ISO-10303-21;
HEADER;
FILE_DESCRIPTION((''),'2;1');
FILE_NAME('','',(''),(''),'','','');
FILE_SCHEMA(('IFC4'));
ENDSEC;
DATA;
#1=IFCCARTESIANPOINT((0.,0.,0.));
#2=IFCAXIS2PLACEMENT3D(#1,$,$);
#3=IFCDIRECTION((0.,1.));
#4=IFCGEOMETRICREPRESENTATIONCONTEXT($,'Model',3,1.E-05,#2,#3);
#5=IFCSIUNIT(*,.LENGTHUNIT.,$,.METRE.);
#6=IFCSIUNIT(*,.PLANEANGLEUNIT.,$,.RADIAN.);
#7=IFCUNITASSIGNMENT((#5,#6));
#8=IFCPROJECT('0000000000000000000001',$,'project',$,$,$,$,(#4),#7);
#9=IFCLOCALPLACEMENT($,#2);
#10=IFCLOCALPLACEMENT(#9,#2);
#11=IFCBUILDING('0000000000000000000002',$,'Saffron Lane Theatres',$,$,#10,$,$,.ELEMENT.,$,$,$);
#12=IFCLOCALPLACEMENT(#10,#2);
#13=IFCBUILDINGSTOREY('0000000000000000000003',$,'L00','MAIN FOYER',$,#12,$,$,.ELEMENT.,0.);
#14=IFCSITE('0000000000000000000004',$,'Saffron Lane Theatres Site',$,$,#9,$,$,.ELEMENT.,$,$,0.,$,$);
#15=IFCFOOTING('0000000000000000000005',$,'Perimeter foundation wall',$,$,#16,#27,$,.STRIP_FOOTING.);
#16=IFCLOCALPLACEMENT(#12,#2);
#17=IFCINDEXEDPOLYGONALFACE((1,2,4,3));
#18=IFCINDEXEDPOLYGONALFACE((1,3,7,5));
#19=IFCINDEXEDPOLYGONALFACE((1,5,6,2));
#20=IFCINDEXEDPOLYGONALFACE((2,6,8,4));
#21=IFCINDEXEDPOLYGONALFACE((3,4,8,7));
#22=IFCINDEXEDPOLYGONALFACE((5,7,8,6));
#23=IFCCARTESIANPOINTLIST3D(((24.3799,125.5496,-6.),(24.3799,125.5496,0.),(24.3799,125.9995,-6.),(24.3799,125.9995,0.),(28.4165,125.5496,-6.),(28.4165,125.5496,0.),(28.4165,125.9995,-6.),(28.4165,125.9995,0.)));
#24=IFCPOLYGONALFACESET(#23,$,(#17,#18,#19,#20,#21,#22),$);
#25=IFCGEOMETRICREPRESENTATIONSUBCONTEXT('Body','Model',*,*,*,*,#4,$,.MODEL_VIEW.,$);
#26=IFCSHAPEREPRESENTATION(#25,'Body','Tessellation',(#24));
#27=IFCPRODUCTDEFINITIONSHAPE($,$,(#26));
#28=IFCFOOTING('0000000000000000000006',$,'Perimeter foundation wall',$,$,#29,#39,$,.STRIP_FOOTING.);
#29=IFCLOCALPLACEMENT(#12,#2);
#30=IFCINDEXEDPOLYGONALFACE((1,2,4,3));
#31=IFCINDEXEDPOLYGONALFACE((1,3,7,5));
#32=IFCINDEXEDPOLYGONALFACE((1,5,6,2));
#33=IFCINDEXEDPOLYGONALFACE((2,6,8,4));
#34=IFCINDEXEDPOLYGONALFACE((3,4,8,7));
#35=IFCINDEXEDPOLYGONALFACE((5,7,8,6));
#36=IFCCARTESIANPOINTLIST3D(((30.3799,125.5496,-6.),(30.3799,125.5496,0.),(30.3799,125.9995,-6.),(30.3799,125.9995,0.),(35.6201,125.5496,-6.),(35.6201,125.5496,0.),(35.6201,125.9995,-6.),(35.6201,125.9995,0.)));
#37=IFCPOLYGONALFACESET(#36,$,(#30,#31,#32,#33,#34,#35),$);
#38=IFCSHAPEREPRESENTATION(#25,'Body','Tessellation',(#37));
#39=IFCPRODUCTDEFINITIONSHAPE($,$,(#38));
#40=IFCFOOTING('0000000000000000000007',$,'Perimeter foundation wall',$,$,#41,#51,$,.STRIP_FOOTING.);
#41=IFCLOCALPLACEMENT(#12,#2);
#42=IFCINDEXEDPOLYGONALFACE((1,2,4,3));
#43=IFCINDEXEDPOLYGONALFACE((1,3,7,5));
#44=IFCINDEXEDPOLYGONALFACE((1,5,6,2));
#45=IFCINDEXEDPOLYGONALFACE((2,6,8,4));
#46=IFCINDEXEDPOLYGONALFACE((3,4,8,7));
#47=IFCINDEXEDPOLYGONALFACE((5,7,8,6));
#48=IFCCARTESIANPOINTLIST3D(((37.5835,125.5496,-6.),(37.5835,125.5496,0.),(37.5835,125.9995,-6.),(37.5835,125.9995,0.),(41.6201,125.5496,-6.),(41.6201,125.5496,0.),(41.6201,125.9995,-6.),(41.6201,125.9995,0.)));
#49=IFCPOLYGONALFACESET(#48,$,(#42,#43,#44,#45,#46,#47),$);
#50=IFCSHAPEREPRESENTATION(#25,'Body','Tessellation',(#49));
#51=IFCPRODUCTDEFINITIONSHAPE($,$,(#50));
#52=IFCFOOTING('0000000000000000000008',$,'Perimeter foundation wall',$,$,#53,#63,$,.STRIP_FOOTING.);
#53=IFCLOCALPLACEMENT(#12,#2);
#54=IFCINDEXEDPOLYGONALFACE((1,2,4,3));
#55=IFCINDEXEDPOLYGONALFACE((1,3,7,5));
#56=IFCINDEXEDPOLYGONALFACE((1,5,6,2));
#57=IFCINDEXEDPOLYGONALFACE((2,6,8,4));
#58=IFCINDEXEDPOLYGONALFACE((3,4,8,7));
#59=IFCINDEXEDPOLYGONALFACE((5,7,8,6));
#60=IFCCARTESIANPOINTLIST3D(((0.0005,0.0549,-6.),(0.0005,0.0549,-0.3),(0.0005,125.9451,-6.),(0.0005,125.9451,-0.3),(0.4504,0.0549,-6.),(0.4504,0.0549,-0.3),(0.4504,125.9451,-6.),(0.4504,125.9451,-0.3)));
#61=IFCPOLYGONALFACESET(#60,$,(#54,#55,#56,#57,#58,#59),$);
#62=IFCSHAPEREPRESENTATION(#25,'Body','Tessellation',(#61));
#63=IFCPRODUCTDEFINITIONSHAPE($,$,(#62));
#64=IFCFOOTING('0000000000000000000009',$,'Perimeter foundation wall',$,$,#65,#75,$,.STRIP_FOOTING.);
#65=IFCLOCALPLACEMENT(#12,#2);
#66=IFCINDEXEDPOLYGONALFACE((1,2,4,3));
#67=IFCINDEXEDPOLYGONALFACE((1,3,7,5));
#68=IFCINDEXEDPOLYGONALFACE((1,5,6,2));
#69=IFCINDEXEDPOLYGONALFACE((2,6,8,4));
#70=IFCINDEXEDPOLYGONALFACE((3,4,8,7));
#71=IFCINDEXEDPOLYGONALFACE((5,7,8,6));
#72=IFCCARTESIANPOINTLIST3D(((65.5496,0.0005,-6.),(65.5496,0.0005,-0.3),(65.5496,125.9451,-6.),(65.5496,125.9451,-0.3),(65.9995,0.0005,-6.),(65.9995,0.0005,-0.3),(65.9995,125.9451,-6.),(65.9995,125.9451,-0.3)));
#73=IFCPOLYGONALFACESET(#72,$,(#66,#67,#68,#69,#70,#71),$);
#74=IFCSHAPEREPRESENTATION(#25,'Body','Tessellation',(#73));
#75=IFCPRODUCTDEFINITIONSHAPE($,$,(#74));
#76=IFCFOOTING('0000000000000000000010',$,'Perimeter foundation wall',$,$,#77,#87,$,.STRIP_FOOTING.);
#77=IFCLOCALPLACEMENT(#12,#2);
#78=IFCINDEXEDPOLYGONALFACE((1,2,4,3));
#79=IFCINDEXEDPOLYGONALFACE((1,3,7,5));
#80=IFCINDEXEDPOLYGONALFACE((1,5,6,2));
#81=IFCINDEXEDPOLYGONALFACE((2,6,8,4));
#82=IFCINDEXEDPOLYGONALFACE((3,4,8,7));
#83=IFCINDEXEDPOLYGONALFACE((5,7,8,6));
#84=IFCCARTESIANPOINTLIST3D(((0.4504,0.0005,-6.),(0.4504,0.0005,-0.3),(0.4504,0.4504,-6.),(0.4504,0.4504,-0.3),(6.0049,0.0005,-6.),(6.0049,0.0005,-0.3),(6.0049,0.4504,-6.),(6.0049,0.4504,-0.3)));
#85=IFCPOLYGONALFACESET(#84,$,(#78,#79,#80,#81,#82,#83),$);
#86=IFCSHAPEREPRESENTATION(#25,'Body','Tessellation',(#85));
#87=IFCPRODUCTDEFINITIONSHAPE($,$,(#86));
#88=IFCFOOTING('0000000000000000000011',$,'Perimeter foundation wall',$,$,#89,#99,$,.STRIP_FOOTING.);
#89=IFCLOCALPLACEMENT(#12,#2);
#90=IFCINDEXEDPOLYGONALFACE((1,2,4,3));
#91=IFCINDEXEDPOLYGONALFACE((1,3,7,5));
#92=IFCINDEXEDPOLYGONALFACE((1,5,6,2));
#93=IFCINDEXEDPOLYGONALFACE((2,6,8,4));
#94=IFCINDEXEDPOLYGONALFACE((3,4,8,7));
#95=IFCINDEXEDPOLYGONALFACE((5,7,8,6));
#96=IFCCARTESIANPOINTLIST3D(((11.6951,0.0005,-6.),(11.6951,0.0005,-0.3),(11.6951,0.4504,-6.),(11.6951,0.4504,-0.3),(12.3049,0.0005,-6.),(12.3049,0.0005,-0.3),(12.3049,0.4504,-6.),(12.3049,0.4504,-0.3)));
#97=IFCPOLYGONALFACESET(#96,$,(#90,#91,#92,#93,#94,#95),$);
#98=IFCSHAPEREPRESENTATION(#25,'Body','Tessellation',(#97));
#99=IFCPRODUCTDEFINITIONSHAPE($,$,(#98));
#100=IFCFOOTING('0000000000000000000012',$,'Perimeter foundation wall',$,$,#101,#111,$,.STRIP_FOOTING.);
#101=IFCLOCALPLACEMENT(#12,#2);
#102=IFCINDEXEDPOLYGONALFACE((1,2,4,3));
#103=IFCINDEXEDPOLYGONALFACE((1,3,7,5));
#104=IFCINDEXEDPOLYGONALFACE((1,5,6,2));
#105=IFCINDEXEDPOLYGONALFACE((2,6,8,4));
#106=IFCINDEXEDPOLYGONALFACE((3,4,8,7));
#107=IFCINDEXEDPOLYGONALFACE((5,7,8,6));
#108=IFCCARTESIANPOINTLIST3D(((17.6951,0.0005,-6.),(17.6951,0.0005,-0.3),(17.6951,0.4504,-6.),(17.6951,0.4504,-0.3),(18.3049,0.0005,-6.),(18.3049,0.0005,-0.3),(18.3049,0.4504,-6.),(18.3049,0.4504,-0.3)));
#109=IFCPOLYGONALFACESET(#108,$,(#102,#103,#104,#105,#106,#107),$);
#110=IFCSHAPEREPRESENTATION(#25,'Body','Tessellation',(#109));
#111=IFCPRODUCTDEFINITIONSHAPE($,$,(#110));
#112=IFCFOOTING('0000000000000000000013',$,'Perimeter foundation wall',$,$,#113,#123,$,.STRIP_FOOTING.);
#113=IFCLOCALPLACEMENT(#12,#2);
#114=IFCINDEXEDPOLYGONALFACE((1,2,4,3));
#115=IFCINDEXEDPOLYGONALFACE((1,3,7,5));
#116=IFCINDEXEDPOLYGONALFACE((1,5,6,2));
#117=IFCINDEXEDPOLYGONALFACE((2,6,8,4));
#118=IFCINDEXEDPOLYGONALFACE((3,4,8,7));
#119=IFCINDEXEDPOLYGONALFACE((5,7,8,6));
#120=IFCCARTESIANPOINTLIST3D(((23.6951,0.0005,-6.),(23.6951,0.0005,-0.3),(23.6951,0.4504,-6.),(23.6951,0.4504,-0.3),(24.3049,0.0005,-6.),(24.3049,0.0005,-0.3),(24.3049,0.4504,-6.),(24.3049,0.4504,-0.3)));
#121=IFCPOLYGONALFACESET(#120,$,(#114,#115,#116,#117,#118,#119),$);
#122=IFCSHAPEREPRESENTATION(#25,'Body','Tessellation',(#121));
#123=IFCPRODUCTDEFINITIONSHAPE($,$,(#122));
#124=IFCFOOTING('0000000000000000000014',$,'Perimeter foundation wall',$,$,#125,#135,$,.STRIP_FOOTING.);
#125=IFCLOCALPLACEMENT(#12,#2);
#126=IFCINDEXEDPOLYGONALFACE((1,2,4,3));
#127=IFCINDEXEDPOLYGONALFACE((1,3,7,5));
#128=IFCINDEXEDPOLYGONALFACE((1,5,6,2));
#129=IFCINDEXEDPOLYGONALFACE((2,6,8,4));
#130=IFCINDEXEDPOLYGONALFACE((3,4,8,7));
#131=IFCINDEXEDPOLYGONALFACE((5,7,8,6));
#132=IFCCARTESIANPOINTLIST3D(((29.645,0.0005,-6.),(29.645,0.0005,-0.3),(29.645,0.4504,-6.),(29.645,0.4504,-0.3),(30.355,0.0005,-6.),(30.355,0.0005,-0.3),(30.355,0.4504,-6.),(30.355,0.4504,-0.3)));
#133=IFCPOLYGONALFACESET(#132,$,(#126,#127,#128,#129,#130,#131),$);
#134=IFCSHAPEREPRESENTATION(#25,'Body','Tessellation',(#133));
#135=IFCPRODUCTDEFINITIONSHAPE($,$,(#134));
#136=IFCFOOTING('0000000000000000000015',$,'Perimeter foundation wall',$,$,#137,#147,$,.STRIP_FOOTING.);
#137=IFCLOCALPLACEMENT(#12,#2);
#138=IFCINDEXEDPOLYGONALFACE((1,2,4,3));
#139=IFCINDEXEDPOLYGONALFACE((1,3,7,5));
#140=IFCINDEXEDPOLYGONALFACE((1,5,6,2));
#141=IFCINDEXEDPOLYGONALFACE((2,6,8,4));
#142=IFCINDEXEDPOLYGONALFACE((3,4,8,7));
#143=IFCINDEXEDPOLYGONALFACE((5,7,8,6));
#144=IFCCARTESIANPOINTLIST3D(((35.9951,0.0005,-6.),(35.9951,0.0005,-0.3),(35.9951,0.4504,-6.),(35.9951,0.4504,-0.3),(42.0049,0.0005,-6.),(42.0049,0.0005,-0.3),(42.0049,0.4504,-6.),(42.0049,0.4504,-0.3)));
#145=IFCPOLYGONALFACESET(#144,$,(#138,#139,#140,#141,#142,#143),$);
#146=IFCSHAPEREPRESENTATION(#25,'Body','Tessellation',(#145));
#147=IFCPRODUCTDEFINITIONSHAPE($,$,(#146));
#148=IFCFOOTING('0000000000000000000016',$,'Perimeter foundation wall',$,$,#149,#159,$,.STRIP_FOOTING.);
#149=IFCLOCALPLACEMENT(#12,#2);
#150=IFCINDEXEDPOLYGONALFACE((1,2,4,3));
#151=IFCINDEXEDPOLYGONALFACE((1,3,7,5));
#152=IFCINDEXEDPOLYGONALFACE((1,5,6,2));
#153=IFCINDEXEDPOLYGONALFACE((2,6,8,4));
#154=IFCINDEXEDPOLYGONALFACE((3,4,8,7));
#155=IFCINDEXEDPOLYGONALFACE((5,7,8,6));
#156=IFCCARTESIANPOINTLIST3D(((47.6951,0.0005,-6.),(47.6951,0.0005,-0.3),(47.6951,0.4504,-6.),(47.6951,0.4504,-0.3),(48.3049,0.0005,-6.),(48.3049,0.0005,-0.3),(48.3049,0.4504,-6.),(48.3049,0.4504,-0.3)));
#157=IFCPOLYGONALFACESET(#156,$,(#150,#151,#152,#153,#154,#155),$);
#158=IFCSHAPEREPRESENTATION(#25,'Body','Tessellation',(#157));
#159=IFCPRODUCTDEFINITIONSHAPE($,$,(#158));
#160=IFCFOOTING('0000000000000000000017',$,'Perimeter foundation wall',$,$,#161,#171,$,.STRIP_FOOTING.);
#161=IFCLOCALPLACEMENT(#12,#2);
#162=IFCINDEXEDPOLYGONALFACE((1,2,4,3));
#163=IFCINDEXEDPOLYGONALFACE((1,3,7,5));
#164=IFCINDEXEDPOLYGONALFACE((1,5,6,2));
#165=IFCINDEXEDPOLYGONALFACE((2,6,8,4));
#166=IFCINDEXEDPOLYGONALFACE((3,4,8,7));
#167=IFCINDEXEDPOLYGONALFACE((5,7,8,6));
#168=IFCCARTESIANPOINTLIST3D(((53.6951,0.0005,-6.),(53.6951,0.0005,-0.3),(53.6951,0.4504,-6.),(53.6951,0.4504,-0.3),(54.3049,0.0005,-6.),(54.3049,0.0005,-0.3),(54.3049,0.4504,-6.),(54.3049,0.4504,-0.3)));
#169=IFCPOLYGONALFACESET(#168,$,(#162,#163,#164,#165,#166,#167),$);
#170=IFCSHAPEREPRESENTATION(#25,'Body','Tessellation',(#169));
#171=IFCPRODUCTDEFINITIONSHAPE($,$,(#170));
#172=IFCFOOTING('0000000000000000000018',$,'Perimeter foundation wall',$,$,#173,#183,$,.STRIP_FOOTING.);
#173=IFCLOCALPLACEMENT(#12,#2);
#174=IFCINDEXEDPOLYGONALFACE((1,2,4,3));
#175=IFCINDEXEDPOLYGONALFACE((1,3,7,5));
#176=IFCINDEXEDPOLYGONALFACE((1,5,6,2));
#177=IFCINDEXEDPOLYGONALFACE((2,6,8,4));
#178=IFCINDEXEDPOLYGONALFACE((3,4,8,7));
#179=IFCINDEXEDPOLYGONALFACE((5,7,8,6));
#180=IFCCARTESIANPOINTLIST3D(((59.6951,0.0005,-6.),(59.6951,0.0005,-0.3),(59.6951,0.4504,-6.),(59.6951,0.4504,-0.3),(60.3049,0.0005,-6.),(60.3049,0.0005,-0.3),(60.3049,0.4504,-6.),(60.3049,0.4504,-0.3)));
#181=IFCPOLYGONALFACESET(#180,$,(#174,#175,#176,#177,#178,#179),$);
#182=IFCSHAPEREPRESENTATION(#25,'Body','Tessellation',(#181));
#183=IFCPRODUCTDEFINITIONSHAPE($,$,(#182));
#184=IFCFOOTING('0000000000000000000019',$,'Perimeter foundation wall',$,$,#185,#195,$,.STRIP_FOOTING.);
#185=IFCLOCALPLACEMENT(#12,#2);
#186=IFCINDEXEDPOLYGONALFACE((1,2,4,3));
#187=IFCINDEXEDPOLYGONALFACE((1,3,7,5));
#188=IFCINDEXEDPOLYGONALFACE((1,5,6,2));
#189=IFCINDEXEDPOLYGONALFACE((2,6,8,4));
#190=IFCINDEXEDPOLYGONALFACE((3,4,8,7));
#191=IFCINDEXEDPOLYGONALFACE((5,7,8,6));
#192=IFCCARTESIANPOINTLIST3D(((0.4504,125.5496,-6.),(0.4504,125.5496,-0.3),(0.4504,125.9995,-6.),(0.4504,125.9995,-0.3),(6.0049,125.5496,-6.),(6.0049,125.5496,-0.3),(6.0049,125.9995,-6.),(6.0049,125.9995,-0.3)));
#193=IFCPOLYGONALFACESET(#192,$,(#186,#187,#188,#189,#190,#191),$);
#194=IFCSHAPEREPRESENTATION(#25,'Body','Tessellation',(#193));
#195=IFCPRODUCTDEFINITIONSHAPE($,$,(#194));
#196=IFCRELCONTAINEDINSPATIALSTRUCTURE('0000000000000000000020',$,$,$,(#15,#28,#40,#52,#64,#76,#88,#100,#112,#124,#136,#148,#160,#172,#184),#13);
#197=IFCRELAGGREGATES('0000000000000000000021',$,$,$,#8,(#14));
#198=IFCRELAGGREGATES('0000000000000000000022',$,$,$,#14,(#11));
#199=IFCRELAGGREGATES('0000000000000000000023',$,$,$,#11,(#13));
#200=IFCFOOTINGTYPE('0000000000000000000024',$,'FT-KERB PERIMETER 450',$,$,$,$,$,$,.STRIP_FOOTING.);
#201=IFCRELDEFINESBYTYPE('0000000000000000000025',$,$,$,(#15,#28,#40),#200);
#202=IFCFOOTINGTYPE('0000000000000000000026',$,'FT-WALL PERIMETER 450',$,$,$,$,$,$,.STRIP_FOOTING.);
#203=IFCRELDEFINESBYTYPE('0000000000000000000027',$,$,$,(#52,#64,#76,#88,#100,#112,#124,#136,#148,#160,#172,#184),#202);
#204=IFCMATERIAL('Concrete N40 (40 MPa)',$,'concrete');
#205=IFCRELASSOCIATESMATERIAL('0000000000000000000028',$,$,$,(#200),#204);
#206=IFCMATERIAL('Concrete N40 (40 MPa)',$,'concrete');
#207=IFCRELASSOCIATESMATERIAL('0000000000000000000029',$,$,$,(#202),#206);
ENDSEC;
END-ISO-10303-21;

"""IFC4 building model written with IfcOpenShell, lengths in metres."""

from ifc_helpers import new_model, si_unit, direction, frame, origin, place, context, subcontext, project, spatial, polyline, outline, extrude, material, type_object, element, save


model = new_model("IFC4")

# Units and contexts
model_context = context("Model", 3, precision=1e-05, world=origin(), true_north=direction((0.0, 1.0)))
body_context = subcontext(model_context, "Body", "Model", "MODEL_VIEW")
ifc_project = project(units=[si_unit("LENGTHUNIT", "METRE"), si_unit("PLANEANGLEUNIT", "RADIAN")], contexts=[model_context])

# Site, building, storey
site_placement = place(None, origin())
site = spatial("IfcSite", under=ifc_project, at=site_placement, Name="Saffron Lane Theatres Site", CompositionType="ELEMENT", RefElevation=0.0)
building_placement = place(site_placement, origin())
building = spatial("IfcBuilding", under=site, at=building_placement, Name="Saffron Lane Theatres", CompositionType="ELEMENT")
storey_placement = place(building_placement, origin())
storey = spatial("IfcBuildingStorey", under=building, at=storey_placement, Name="L00", Description="MAIN FOYER", CompositionType="ELEMENT", Elevation=0.0)

# Footings
ifc_material_1 = material(Name="Concrete N40 (40 MPa)", Category="concrete")
footing_type_1 = type_object("IfcFootingType", Name="FT-KERB PERIMETER 450", PredefinedType="STRIP_FOOTING", material=ifc_material_1)
footing_1_placement = place(storey_placement, frame((0.0, 0.0, -6.0)))
element("IfcFooting", 1, at=footing_1_placement, inside=storey, type_object=footing_type_1, Name="Perimeter foundation wall", PredefinedType="STRIP_FOOTING", context=body_context, shape_type="SweptSolid", body=[
    extrude(outline(polyline([(28.4165, 125.5496), (28.4165, 125.9995), (24.3799, 125.9995), (24.3799, 125.5496), (28.4165, 125.5496)])), origin(), (0.0, 0.0, 1.0), 6.0),
])
footing_2_placement = place(storey_placement, frame((0.0, 0.0, -6.0)))
element("IfcFooting", 2, at=footing_2_placement, inside=storey, type_object=footing_type_1, Name="Perimeter foundation wall", PredefinedType="STRIP_FOOTING", context=body_context, shape_type="SweptSolid", body=[
    extrude(outline(polyline([(35.6201, 125.5496), (35.6201, 125.9995), (30.3799, 125.9995), (30.3799, 125.5496), (35.6201, 125.5496)])), origin(), (0.0, 0.0, 1.0), 6.0),
])
footing_3_placement = place(storey_placement, frame((0.0, 0.0, -6.0)))
element("IfcFooting", 3, at=footing_3_placement, inside=storey, type_object=footing_type_1, Name="Perimeter foundation wall", PredefinedType="STRIP_FOOTING", context=body_context, shape_type="SweptSolid", body=[
    extrude(outline(polyline([(41.6201, 125.5496), (41.6201, 125.9995), (37.5835, 125.9995), (37.5835, 125.5496), (41.6201, 125.5496)])), origin(), (0.0, 0.0, 1.0), 6.0),
])
ifc_material_2 = material(Name="Concrete N40 (40 MPa)", Category="concrete")
footing_type_2 = type_object("IfcFootingType", Name="FT-WALL PERIMETER 450", PredefinedType="STRIP_FOOTING", material=ifc_material_2)
footing_4_placement = place(storey_placement, frame((0.0, 0.0, -6.0)))
element("IfcFooting", 4, at=footing_4_placement, inside=storey, type_object=footing_type_2, Name="Perimeter foundation wall", PredefinedType="STRIP_FOOTING", context=body_context, shape_type="SweptSolid", body=[
    extrude(outline(polyline([(0.4504, 125.9451), (0.0005, 125.9451), (0.0005, 0.0549), (0.4504, 0.0549), (0.4504, 125.9451)])), origin(), (0.0, 0.0, 1.0), 5.7),
])
footing_5_placement = place(storey_placement, frame((0.0, 0.0, -6.0)))
element("IfcFooting", 5, at=footing_5_placement, inside=storey, type_object=footing_type_2, Name="Perimeter foundation wall", PredefinedType="STRIP_FOOTING", context=body_context, shape_type="SweptSolid", body=[
    extrude(outline(polyline([(65.9995, 0.0005), (65.9995, 125.9451), (65.5496, 125.9451), (65.5496, 0.0005), (65.9995, 0.0005)])), origin(), (0.0, 0.0, 1.0), 5.7),
])
footing_6_placement = place(storey_placement, frame((0.0, 0.0, -6.0)))
element("IfcFooting", 6, at=footing_6_placement, inside=storey, type_object=footing_type_2, Name="Perimeter foundation wall", PredefinedType="STRIP_FOOTING", context=body_context, shape_type="SweptSolid", body=[
    extrude(outline(polyline([(0.4504, 0.4504), (0.4504, 0.0005), (6.0049, 0.0005), (6.0049, 0.4504), (0.4504, 0.4504)])), origin(), (0.0, 0.0, 1.0), 5.7),
])
footing_7_placement = place(storey_placement, frame((0.0, 0.0, -6.0)))
element("IfcFooting", 7, at=footing_7_placement, inside=storey, type_object=footing_type_2, Name="Perimeter foundation wall", PredefinedType="STRIP_FOOTING", context=body_context, shape_type="SweptSolid", body=[
    extrude(outline(polyline([(11.6951, 0.4504), (11.6951, 0.0005), (12.3049, 0.0005), (12.3049, 0.4504), (11.6951, 0.4504)])), origin(), (0.0, 0.0, 1.0), 5.7),
])
footing_8_placement = place(storey_placement, frame((0.0, 0.0, -6.0)))
element("IfcFooting", 8, at=footing_8_placement, inside=storey, type_object=footing_type_2, Name="Perimeter foundation wall", PredefinedType="STRIP_FOOTING", context=body_context, shape_type="SweptSolid", body=[
    extrude(outline(polyline([(17.6951, 0.4504), (17.6951, 0.0005), (18.3049, 0.0005), (18.3049, 0.4504), (17.6951, 0.4504)])), origin(), (0.0, 0.0, 1.0), 5.7),
])
footing_9_placement = place(storey_placement, frame((0.0, 0.0, -6.0)))
element("IfcFooting", 9, at=footing_9_placement, inside=storey, type_object=footing_type_2, Name="Perimeter foundation wall", PredefinedType="STRIP_FOOTING", context=body_context, shape_type="SweptSolid", body=[
    extrude(outline(polyline([(23.6951, 0.4504), (23.6951, 0.0005), (24.3049, 0.0005), (24.3049, 0.4504), (23.6951, 0.4504)])), origin(), (0.0, 0.0, 1.0), 5.7),
])
footing_10_placement = place(storey_placement, frame((0.0, 0.0, -6.0)))
element("IfcFooting", 10, at=footing_10_placement, inside=storey, type_object=footing_type_2, Name="Perimeter foundation wall", PredefinedType="STRIP_FOOTING", context=body_context, shape_type="SweptSolid", body=[
    extrude(outline(polyline([(29.645, 0.4504), (29.645, 0.0005), (30.355, 0.0005), (30.355, 0.4504), (29.645, 0.4504)])), origin(), (0.0, 0.0, 1.0), 5.7),
])
footing_11_placement = place(storey_placement, frame((0.0, 0.0, -6.0)))
element("IfcFooting", 11, at=footing_11_placement, inside=storey, type_object=footing_type_2, Name="Perimeter foundation wall", PredefinedType="STRIP_FOOTING", context=body_context, shape_type="SweptSolid", body=[
    extrude(outline(polyline([(35.9951, 0.4504), (35.9951, 0.0005), (42.0049, 0.0005), (42.0049, 0.4504), (35.9951, 0.4504)])), origin(), (0.0, 0.0, 1.0), 5.7),
])
footing_12_placement = place(storey_placement, frame((0.0, 0.0, -6.0)))
element("IfcFooting", 12, at=footing_12_placement, inside=storey, type_object=footing_type_2, Name="Perimeter foundation wall", PredefinedType="STRIP_FOOTING", context=body_context, shape_type="SweptSolid", body=[
    extrude(outline(polyline([(47.6951, 0.4504), (47.6951, 0.0005), (48.3049, 0.0005), (48.3049, 0.4504), (47.6951, 0.4504)])), origin(), (0.0, 0.0, 1.0), 5.7),
])
footing_13_placement = place(storey_placement, frame((0.0, 0.0, -6.0)))
element("IfcFooting", 13, at=footing_13_placement, inside=storey, type_object=footing_type_2, Name="Perimeter foundation wall", PredefinedType="STRIP_FOOTING", context=body_context, shape_type="SweptSolid", body=[
    extrude(outline(polyline([(53.6951, 0.4504), (53.6951, 0.0005), (54.3049, 0.0005), (54.3049, 0.4504), (53.6951, 0.4504)])), origin(), (0.0, 0.0, 1.0), 5.7),
])
footing_14_placement = place(storey_placement, frame((0.0, 0.0, -6.0)))
element("IfcFooting", 14, at=footing_14_placement, inside=storey, type_object=footing_type_2, Name="Perimeter foundation wall", PredefinedType="STRIP_FOOTING", context=body_context, shape_type="SweptSolid", body=[
    extrude(outline(polyline([(59.6951, 0.4504), (59.6951, 0.0005), (60.3049, 0.0005), (60.3049, 0.4504), (59.6951, 0.4504)])), origin(), (0.0, 0.0, 1.0), 5.7),
])
footing_15_placement = place(storey_placement, frame((0.0, 0.0, -6.0)))
element("IfcFooting", 15, at=footing_15_placement, inside=storey, type_object=footing_type_2, Name="Perimeter foundation wall", PredefinedType="STRIP_FOOTING", context=body_context, shape_type="SweptSolid", body=[
    extrude(outline(polyline([(6.0049, 125.5496), (6.0049, 125.9995), (0.4504, 125.9995), (0.4504, 125.5496), (6.0049, 125.5496)])), origin(), (0.0, 0.0, 1.0), 5.7),
])

save(model, "model.ifc")
